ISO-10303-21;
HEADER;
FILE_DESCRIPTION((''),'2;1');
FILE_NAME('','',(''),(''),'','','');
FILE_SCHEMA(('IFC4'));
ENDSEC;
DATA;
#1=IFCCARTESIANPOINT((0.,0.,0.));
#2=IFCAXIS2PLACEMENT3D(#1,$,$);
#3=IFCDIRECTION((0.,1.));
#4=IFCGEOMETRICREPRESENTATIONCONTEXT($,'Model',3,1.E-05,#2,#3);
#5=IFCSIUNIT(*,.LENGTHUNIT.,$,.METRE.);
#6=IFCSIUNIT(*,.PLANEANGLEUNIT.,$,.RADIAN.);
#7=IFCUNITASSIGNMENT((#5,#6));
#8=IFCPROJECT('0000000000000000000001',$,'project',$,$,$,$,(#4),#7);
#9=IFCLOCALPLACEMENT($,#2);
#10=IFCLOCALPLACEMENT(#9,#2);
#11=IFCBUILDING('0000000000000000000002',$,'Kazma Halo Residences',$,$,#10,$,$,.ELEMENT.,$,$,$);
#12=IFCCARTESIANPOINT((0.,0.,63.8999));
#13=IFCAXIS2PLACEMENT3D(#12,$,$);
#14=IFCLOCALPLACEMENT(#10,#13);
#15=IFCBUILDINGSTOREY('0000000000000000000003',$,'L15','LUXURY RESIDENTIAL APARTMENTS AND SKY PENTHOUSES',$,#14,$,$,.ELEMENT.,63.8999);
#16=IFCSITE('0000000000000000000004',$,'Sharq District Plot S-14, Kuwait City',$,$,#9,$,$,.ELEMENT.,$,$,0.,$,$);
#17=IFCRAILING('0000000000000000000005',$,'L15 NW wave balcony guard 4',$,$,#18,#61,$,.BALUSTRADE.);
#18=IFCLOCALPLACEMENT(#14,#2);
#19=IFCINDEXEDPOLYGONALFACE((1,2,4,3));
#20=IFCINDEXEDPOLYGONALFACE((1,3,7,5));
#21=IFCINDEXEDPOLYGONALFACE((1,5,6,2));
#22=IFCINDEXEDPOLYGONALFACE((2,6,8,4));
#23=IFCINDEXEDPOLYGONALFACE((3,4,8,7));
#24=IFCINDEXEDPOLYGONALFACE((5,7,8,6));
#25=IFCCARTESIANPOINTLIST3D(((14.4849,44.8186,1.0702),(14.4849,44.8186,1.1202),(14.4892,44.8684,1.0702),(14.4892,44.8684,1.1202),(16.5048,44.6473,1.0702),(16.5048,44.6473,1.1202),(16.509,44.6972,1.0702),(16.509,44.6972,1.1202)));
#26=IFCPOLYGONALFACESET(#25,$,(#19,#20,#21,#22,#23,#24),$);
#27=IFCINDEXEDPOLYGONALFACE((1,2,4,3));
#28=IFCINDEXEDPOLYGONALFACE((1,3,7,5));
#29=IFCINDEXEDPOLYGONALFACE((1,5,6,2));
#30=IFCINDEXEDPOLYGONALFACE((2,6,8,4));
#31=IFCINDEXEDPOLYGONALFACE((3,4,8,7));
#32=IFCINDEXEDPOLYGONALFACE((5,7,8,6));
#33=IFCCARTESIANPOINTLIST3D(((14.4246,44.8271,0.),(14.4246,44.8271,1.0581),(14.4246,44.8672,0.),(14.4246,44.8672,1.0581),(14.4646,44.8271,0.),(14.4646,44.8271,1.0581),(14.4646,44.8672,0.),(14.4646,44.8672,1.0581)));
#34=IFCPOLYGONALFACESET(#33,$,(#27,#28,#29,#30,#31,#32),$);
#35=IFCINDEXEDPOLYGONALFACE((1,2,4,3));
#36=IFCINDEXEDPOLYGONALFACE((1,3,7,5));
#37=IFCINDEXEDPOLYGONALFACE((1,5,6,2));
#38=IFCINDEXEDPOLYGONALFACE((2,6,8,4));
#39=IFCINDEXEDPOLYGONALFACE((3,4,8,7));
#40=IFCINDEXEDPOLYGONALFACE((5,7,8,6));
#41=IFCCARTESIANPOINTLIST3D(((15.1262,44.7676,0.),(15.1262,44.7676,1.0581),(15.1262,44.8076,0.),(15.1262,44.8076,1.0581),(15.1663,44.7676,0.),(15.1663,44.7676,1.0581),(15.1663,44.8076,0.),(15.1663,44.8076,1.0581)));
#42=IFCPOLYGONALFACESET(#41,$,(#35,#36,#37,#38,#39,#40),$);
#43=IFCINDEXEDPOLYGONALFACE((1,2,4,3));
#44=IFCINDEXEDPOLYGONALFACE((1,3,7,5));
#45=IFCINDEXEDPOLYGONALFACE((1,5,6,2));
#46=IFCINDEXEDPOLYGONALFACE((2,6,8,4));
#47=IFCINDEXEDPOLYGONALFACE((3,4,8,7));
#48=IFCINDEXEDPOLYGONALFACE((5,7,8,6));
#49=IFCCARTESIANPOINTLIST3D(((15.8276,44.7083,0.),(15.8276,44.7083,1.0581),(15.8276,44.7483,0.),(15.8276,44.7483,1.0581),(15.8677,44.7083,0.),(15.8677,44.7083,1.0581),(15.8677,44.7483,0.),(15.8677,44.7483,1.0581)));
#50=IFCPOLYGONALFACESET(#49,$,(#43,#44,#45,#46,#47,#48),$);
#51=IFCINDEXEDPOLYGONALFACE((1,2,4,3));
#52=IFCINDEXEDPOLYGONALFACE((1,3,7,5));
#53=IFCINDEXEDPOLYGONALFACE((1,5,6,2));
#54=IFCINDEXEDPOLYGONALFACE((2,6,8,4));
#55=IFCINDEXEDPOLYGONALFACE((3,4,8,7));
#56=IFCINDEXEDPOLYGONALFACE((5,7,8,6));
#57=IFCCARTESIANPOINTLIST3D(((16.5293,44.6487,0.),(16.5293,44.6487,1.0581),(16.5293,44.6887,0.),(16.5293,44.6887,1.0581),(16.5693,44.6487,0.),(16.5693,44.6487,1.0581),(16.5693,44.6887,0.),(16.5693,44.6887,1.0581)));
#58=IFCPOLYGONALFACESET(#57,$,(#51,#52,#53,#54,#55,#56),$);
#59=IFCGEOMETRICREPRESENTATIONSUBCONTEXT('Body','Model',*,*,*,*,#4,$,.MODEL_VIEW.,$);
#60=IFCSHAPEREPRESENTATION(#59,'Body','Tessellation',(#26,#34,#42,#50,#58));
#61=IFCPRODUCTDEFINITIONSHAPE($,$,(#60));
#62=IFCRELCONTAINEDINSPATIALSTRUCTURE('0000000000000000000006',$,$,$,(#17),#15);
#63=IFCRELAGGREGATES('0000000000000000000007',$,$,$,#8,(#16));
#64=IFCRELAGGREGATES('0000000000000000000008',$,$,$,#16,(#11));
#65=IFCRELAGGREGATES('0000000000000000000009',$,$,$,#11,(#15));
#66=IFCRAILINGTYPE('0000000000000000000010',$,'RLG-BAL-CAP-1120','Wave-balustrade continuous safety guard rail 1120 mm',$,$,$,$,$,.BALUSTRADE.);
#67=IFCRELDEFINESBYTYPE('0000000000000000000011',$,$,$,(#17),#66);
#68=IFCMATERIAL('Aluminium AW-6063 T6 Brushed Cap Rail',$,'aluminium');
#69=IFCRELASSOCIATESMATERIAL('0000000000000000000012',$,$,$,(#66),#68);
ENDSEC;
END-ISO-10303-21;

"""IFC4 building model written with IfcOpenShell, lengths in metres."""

from ifc_helpers import new_model, si_unit, direction, frame, origin, origin_2d, place, context, subcontext, project, spatial, rectangle, extrude, material, type_object, element, save


model = new_model("IFC4")

# Units and contexts
model_context = context("Model", 3, precision=1e-05, world=origin(), true_north=direction((0.0, 1.0)))
body_context = subcontext(model_context, "Body", "Model", "MODEL_VIEW")
ifc_project = project(units=[si_unit("LENGTHUNIT", "METRE"), si_unit("PLANEANGLEUNIT", "RADIAN")], contexts=[model_context])

# Site, building, storey
site_placement = place(None, origin())
site = spatial("IfcSite", under=ifc_project, at=site_placement, Name="Sharq District Plot S-14, Kuwait City", CompositionType="ELEMENT", RefElevation=0.0)
building_placement = place(site_placement, origin())
building = spatial("IfcBuilding", under=site, at=building_placement, Name="Kazma Halo Residences", CompositionType="ELEMENT")
storey_placement = place(building_placement, frame((0.0, 0.0, 63.8999)))
storey = spatial("IfcBuildingStorey", under=building, at=storey_placement, Name="L15", Description="LUXURY RESIDENTIAL APARTMENTS AND SKY PENTHOUSES", CompositionType="ELEMENT", Elevation=63.8999)

# Railing
ifc_material_1 = material(Name="Aluminium AW-6063 T6 Brushed Cap Rail", Category="aluminium")
railing_type = type_object("IfcRailingType", Name="RLG-BAL-CAP-1120", Description="Wave-balustrade continuous safety guard rail 1120 mm", PredefinedType="BALUSTRADE", material=ifc_material_1)
railing_placement = place(storey_placement, frame((14.4446, 44.8472, 0.0)))
element("IfcRailing", 1, at=railing_placement, inside=storey, type_object=railing_type, Name="L15 NW wave balcony guard 4", PredefinedType="BALUSTRADE", context=body_context, shape_type="SweptSolid", body=[
    extrude(rectangle(XDim=0.05, YDim=0.05, at=origin_2d()), frame((0.0425, -0.0037, 1.0952), z_axis=(0.996424, -0.08449, 0.0), x_axis=(0.08449, 0.996424, 0.0)), (0.0, 0.0, 1.0), 2.0271),
    extrude(rectangle(XDim=0.04, YDim=0.04, at=origin_2d()), origin(), (0.0, 0.0, 1.0), 1.0581),
    extrude(rectangle(XDim=0.04, YDim=0.04, at=origin_2d()), frame((0.7017, -0.0596, 0.0)), (0.0, 0.0, 1.0), 1.0581),
    extrude(rectangle(XDim=0.04, YDim=0.04, at=origin_2d()), frame((1.4031, -0.1189, 0.0)), (0.0, 0.0, 1.0), 1.0581),
    extrude(rectangle(XDim=0.04, YDim=0.04, at=origin_2d()), frame((2.1047, -0.1785, 0.0)), (0.0, 0.0, 1.0), 1.0581),
])

save(model, "model.ifc")
